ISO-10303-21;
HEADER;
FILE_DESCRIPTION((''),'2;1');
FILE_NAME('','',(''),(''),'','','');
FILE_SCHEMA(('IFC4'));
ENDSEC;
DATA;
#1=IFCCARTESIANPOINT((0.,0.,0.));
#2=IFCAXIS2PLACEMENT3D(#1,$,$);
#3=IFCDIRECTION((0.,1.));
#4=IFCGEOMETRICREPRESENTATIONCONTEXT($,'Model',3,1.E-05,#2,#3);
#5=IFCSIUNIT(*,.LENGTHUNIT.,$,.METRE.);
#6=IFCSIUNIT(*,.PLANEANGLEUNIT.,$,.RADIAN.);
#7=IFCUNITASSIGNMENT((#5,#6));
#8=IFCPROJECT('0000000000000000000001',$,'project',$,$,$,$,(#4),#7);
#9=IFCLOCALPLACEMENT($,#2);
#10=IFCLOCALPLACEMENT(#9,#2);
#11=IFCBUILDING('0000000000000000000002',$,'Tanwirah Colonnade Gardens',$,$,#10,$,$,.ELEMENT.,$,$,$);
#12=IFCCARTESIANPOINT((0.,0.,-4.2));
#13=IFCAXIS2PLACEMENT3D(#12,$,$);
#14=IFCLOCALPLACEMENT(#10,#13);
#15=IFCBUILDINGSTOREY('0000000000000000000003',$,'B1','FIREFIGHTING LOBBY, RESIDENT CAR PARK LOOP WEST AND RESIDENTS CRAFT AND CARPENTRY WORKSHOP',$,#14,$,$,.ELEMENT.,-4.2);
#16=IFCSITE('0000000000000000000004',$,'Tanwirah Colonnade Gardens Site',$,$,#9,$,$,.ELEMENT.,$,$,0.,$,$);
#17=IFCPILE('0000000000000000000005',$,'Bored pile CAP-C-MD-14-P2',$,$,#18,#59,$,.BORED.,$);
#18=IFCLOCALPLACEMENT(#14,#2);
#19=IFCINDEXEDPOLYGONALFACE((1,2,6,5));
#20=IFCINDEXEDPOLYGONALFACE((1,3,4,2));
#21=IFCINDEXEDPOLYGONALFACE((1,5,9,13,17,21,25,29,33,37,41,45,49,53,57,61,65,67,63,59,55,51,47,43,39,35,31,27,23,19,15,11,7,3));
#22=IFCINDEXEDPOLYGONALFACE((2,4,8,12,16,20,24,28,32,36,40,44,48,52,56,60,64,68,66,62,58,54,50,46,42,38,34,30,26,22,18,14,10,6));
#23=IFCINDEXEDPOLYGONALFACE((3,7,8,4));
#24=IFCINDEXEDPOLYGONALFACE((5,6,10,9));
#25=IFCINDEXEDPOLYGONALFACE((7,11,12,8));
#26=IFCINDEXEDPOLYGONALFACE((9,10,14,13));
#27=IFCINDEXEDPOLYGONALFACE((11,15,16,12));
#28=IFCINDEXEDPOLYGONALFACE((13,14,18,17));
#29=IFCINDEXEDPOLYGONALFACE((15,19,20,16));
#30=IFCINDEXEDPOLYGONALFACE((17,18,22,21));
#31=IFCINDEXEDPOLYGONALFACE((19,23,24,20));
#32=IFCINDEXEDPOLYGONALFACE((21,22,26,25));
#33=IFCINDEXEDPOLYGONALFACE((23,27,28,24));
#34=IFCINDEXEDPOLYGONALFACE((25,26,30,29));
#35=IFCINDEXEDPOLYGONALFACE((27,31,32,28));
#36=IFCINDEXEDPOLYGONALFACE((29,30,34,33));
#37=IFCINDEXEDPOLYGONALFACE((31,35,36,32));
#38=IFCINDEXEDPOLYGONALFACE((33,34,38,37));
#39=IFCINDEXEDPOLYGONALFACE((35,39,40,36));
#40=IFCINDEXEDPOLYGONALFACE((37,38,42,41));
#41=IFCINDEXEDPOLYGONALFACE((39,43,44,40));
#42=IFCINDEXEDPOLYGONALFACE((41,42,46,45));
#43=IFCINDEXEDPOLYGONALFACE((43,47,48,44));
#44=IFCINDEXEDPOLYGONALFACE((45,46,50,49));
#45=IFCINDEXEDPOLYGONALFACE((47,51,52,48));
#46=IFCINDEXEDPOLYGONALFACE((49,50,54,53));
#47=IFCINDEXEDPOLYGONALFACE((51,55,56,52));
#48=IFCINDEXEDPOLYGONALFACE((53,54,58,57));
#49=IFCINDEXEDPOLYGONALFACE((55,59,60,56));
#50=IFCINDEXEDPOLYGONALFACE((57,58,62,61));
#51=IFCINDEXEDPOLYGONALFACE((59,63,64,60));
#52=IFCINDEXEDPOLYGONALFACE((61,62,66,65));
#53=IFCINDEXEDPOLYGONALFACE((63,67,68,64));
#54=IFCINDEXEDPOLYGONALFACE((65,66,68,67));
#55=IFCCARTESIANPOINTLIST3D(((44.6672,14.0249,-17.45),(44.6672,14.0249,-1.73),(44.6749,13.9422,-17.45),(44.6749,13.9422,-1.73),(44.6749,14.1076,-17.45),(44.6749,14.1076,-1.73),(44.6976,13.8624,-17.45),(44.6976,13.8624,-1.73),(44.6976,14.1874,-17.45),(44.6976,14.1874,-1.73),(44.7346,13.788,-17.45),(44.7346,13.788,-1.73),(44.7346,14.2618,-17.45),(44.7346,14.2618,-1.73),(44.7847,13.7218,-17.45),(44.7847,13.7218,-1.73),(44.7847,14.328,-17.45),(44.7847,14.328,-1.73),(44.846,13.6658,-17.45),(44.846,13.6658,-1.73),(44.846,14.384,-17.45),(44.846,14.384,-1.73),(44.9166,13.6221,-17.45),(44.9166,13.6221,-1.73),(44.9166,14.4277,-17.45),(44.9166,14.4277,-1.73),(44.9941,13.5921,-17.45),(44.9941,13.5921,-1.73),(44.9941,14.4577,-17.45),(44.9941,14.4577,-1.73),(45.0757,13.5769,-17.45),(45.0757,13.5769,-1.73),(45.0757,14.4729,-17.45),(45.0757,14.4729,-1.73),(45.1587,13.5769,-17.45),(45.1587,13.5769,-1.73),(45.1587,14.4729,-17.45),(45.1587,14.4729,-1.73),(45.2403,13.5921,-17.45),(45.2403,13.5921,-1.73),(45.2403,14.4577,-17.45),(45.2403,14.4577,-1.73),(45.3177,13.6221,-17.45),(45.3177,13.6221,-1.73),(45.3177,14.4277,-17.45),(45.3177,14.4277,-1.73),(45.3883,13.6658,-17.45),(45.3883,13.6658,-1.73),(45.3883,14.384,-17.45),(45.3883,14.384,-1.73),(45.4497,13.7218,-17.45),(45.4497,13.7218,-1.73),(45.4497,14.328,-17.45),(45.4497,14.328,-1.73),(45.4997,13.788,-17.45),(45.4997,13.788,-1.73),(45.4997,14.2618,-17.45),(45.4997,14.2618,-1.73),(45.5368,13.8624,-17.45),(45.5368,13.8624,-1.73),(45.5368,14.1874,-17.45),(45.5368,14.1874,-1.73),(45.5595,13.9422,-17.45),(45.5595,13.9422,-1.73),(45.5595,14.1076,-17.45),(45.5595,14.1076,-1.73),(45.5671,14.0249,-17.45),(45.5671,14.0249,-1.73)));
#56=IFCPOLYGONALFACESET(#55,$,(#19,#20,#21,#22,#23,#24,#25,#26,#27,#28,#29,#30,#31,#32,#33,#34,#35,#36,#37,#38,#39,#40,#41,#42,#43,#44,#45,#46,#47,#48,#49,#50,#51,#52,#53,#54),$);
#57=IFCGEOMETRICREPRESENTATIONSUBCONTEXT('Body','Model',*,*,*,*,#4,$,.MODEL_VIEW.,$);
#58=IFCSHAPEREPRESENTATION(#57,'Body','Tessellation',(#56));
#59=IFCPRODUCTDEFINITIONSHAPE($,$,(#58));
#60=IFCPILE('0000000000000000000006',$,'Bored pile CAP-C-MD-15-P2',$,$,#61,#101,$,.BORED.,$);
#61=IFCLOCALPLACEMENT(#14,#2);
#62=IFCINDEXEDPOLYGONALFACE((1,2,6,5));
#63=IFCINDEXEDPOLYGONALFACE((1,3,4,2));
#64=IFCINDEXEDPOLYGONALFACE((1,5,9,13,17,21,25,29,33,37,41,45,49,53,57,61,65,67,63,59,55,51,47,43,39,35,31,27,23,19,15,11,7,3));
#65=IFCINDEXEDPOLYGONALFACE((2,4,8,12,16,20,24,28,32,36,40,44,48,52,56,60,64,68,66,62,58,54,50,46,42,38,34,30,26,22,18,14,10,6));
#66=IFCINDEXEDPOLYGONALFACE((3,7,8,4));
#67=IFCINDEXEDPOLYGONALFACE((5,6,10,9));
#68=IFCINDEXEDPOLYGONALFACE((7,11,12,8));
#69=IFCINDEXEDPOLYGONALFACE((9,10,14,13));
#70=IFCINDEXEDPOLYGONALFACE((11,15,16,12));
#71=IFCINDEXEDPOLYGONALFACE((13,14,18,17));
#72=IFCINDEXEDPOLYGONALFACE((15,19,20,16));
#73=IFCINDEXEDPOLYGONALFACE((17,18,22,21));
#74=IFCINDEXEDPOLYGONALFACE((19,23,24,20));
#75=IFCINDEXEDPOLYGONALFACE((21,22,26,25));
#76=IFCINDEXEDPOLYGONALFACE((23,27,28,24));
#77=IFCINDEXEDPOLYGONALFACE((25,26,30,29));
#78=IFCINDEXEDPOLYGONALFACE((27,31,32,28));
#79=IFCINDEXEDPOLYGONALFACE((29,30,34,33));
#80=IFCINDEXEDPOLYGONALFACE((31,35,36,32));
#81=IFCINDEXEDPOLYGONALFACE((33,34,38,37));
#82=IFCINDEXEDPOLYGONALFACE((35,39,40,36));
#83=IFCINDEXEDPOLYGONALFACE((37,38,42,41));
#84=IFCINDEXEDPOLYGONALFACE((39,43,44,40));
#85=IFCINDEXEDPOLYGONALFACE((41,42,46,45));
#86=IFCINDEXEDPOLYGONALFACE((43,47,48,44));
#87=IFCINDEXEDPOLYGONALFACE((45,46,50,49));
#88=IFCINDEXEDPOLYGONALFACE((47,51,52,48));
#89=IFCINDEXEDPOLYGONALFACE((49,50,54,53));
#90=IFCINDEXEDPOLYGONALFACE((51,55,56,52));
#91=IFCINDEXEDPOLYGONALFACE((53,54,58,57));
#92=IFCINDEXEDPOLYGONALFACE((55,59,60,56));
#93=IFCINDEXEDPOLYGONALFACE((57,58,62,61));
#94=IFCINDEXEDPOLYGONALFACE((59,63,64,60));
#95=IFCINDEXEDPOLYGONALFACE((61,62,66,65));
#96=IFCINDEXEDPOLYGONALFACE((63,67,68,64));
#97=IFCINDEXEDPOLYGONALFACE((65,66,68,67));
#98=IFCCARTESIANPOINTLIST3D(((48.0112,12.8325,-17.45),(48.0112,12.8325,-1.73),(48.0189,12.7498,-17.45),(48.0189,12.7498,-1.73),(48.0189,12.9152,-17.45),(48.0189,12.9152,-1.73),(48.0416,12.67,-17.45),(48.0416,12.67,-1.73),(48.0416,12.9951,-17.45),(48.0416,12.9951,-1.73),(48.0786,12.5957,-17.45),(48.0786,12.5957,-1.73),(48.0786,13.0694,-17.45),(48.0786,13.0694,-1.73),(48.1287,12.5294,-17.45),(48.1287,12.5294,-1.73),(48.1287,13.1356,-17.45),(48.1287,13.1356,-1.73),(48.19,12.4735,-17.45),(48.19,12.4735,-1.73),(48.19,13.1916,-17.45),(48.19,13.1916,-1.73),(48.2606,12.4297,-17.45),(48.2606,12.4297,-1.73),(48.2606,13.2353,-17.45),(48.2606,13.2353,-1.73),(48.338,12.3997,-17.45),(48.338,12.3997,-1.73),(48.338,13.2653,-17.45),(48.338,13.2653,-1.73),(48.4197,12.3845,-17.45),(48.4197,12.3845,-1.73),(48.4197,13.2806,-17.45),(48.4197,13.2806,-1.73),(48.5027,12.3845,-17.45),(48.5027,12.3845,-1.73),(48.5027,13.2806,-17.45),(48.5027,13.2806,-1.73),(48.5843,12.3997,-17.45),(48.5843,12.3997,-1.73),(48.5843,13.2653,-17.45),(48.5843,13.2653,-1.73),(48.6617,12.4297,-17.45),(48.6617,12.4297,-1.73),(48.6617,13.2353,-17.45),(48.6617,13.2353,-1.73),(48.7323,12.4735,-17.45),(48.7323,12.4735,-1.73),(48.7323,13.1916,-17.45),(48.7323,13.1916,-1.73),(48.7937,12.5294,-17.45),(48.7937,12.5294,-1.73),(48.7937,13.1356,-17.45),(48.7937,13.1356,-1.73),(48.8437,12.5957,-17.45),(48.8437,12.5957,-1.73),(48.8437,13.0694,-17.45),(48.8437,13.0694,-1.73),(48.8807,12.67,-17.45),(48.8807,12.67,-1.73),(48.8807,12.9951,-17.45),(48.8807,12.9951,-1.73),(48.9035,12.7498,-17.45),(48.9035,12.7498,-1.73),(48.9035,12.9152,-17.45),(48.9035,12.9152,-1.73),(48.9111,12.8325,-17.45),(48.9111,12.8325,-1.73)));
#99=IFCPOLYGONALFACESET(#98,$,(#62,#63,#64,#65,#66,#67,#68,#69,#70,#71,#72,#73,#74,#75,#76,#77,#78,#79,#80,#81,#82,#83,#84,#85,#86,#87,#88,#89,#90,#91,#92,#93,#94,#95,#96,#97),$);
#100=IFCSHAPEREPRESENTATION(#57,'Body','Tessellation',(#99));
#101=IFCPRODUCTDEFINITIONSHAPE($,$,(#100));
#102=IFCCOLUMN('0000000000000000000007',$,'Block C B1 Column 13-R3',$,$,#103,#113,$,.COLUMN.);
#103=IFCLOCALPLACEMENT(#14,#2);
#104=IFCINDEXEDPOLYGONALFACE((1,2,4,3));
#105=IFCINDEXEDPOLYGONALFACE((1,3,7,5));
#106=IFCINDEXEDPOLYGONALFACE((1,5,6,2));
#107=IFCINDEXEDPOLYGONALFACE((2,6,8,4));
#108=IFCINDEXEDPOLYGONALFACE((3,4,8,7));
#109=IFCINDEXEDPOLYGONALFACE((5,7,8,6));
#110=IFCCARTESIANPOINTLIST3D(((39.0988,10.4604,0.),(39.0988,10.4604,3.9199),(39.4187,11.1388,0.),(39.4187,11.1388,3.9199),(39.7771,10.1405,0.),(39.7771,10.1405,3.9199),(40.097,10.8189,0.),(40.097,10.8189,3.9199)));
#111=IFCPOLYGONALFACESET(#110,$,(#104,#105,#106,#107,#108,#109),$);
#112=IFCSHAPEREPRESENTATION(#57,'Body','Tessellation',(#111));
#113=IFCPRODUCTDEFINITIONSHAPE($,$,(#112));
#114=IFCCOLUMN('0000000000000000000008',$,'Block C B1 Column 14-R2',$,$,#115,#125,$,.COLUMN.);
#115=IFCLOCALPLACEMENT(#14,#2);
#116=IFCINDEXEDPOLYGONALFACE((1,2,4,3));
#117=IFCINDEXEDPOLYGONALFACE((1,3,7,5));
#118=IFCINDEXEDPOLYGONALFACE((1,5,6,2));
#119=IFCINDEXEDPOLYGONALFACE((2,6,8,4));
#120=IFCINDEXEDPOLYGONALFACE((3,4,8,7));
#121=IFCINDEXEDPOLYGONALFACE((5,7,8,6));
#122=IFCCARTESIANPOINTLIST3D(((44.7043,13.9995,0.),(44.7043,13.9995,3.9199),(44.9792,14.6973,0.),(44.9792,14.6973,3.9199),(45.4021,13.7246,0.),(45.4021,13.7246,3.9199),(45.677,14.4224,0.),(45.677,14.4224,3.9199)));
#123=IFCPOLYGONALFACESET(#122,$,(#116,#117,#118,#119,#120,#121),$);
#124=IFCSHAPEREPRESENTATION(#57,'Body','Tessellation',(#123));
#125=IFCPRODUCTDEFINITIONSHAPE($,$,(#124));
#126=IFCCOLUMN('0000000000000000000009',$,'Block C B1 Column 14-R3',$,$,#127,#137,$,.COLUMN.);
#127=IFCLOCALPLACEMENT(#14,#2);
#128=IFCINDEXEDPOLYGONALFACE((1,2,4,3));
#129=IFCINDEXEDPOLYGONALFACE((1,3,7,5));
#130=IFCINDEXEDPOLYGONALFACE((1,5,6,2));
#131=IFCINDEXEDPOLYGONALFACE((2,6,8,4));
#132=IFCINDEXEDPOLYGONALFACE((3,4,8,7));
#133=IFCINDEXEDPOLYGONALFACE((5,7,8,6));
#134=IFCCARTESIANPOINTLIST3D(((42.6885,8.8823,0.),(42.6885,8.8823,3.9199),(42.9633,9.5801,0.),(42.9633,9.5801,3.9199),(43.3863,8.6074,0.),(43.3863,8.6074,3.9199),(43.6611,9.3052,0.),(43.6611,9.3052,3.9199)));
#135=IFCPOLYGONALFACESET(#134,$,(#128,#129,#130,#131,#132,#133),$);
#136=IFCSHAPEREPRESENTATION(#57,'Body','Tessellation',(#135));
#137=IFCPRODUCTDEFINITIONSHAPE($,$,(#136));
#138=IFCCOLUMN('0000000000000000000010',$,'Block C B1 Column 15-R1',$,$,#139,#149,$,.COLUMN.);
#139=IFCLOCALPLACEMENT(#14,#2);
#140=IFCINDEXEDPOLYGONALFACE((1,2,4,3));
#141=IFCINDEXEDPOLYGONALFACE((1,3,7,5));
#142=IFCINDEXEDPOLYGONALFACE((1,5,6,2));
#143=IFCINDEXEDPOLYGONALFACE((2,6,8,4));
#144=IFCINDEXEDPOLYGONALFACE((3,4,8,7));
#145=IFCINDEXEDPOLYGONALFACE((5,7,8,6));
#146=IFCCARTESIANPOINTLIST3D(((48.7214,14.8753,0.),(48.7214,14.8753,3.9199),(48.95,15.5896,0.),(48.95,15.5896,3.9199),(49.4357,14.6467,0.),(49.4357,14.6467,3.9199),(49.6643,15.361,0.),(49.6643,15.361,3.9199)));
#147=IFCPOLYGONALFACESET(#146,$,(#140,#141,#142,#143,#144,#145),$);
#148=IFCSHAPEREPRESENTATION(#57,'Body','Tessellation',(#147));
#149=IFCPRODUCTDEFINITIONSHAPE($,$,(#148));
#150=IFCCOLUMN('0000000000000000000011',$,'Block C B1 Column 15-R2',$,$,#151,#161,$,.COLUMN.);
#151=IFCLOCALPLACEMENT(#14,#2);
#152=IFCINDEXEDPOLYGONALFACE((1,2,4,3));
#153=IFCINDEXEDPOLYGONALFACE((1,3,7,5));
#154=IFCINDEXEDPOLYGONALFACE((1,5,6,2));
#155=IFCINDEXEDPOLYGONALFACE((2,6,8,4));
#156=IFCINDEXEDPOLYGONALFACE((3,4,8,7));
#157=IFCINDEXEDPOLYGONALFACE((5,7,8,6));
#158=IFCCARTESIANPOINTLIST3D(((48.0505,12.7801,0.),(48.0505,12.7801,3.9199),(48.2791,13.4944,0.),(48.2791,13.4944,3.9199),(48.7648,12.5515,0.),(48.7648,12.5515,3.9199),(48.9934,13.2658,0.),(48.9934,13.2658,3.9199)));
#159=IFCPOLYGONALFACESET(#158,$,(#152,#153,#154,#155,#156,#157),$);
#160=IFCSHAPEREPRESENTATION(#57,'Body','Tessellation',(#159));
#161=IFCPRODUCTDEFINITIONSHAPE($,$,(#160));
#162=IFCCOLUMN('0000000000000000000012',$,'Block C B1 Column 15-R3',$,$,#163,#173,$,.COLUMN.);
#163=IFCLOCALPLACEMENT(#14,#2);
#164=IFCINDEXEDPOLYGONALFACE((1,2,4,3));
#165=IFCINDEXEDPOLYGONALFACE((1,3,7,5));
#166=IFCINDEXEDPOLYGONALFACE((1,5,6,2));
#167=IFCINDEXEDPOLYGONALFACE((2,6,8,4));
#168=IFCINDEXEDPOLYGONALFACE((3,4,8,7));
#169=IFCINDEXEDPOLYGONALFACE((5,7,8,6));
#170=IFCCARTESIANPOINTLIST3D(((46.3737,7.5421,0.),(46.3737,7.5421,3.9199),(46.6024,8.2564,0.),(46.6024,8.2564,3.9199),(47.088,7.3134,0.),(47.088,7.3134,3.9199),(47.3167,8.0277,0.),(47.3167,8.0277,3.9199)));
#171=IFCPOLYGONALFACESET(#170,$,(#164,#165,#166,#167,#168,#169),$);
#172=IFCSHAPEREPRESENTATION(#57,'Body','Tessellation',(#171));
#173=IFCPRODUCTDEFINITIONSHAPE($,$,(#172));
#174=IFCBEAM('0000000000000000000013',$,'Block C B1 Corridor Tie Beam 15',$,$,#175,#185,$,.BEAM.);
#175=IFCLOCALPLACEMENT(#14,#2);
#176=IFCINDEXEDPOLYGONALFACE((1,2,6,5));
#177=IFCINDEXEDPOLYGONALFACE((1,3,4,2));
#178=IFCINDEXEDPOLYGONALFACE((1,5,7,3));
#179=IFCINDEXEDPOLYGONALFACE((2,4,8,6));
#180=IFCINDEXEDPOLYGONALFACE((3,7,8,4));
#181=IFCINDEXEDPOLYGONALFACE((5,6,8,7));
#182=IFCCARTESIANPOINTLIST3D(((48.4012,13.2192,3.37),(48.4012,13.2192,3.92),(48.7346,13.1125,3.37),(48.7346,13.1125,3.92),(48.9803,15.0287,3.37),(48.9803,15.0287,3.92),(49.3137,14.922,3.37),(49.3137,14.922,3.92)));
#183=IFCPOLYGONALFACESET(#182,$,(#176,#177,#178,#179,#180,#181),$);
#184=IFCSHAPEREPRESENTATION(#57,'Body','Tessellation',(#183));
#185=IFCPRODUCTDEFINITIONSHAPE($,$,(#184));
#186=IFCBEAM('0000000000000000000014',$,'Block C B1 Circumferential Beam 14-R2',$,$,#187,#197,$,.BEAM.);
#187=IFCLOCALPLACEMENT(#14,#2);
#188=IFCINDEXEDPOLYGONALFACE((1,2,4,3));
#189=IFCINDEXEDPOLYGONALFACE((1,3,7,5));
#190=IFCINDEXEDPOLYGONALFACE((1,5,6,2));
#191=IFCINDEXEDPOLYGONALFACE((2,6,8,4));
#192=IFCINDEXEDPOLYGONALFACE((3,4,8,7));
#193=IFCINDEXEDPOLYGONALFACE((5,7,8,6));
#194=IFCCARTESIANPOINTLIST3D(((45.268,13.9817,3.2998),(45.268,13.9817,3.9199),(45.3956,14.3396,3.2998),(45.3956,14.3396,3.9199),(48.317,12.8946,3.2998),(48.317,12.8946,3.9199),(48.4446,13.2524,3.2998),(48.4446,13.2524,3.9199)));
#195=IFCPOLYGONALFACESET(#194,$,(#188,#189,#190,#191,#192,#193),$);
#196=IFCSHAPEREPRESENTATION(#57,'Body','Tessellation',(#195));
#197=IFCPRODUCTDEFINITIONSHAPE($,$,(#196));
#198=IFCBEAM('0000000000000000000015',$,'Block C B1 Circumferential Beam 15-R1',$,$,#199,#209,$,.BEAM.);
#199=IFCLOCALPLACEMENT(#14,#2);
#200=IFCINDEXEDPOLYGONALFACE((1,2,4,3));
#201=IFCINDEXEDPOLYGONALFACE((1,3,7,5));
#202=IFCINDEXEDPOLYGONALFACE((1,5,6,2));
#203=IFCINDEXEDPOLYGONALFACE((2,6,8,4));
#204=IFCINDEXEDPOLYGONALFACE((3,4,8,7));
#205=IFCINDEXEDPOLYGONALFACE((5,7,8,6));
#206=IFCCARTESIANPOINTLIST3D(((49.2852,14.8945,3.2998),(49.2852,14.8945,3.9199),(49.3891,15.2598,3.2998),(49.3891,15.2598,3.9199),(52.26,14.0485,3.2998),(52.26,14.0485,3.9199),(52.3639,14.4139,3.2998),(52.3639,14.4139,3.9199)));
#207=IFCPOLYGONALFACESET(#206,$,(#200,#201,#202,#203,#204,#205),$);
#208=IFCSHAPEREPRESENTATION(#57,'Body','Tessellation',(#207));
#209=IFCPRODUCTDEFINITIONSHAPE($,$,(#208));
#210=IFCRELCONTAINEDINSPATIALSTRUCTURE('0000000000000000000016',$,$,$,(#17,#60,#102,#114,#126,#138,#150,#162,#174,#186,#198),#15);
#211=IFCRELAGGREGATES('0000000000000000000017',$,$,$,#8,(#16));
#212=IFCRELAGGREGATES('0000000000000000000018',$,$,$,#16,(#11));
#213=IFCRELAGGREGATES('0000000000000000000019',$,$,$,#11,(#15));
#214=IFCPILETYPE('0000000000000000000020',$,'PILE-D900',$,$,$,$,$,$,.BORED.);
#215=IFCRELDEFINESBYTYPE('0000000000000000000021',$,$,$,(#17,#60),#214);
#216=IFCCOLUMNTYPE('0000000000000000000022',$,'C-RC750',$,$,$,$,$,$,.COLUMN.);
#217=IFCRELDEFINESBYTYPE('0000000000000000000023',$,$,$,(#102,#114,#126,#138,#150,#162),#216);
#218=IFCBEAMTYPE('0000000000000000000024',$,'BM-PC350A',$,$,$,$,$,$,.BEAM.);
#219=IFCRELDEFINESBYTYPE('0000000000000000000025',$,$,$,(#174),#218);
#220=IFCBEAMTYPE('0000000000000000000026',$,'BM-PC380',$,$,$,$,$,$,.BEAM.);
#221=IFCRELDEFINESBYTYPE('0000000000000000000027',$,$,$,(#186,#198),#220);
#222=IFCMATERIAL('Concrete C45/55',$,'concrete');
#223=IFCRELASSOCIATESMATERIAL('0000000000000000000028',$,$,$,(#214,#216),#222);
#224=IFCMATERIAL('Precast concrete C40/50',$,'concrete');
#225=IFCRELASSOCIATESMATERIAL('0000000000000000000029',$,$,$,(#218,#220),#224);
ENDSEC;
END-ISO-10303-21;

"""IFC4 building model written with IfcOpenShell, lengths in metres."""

from ifc_helpers import new_model, si_unit, direction, frame, origin, origin_2d, place, context, subcontext, project, spatial, rectangle, circle, extrude, material, material_profile, profile_set, type_object, element, save


model = new_model("IFC4")

# Units and contexts
model_context = context("Model", 3, precision=1e-05, world=origin(), true_north=direction((0.0, 1.0)))
body_context = subcontext(model_context, "Body", "Model", "MODEL_VIEW")
ifc_project = project(units=[si_unit("LENGTHUNIT", "METRE"), si_unit("PLANEANGLEUNIT", "RADIAN")], contexts=[model_context])

# Site, building, storey
site_placement = place(None, origin())
site = spatial("IfcSite", under=ifc_project, at=site_placement, Name="Tanwirah Colonnade Gardens Site", CompositionType="ELEMENT", RefElevation=0.0)
building_placement = place(site_placement, origin())
building = spatial("IfcBuilding", under=site, at=building_placement, Name="Tanwirah Colonnade Gardens", CompositionType="ELEMENT")
storey_placement = place(building_placement, frame((0.0, 0.0, -4.2)))
storey = spatial("IfcBuildingStorey", under=building, at=storey_placement, Name="B1", Description="FIREFIGHTING LOBBY, RESIDENT CAR PARK LOOP WEST AND RESIDENTS CRAFT AND CARPENTRY WORKSHOP", CompositionType="ELEMENT", Elevation=-4.2)

# Shared definitions
ifc_material_1 = material(Name="Concrete C45/55", Category="concrete")

# Piles
ifc_material_profile_1 = material_profile(ifc_material_1, circle(Radius=0.45, at=origin_2d()), Name="PILE D900")
ifc_profile_set_1 = profile_set([ifc_material_profile_1], Name="Concrete C45/55")
pile_type_1 = type_object("IfcPileType", Name="PILE-D900", PredefinedType="BORED", material=ifc_profile_set_1)
for number, where, z_axis, x_axis, name in (
    (1, (45.1172, 14.0249, -1.73), (0.0, 0.0, -1.0), (1.0, 0.0, 0.0), "Bored pile CAP-C-MD-14-P2"),
    (2, (48.4612, 12.8325, -1.73), (0.0, 0.0, -1.0), (1.0, 0.0, 0.0), "Bored pile CAP-C-MD-15-P2"),
):
    element("IfcPile", number, at=place(storey_placement, frame(where, z_axis=z_axis, x_axis=x_axis)), inside=storey, type_object=pile_type_1, Name=name, PredefinedType="BORED", context=body_context, shape_type="SweptSolid", body=[
        extrude(circle(Radius=0.45, at=origin_2d()), origin(), (0.0, 0.0, 1.0), 15.72),
    ])

# Columns
ifc_material_profile_2 = material_profile(ifc_material_1, rectangle(XDim=0.75, YDim=0.75, at=origin_2d()), Name="RC-COL 750x750")
ifc_profile_set_2 = profile_set([ifc_material_profile_2], Name="Concrete C45/55")
column_type = type_object("IfcColumnType", Name="C-RC750", PredefinedType="COLUMN", material=ifc_profile_set_2)
for number, where, z_axis, x_axis, name in (
    (3, (39.5979, 10.6396, 0.0), (0.0, 0.0, 1.0), (-0.426569, -0.904455, 0.0), "Block C B1 Column 13-R3"),
    (4, (45.1907, 14.2109, 0.0), (0.0, 0.0, 1.0), (-0.366501, -0.930418, 0.0), "Block C B1 Column 14-R2"),
    (5, (43.1748, 9.0938, 0.0), (0.0, 0.0, 1.0), (-0.366501, -0.930418, 0.0), "Block C B1 Column 14-R3"),
    (6, (49.1929, 15.1182, 0.0), (0.0, 0.0, 1.0), (-0.304864, -0.952396, 0.0), "Block C B1 Column 15-R1"),
    (7, (48.522, 13.0229, 0.0), (0.0, 0.0, 1.0), (-0.304864, -0.952396, 0.0), "Block C B1 Column 15-R2"),
    (8, (46.8452, 7.7849, 0.0), (0.0, 0.0, 1.0), (-0.304864, -0.952396, 0.0), "Block C B1 Column 15-R3"),
):
    element("IfcColumn", number, at=place(storey_placement, frame(where, z_axis=z_axis, x_axis=x_axis)), inside=storey, type_object=column_type, Name=name, PredefinedType="COLUMN", context=body_context, shape_type="SweptSolid", body=[
        extrude(rectangle(XDim=0.75, YDim=0.75, at=origin_2d()), origin(), (0.0, 0.0, 1.0), 3.9199),
    ])

# Beams
ifc_material_2 = material(Name="Precast concrete C40/50", Category="concrete")
ifc_material_profile_3 = material_profile(ifc_material_2, rectangle(XDim=0.3501, YDim=0.55, at=origin_2d()), Name="PC-BM 350x550")
ifc_profile_set_3 = profile_set([ifc_material_profile_3], Name="Precast concrete C40/50")
beam_type_1 = type_object("IfcBeamType", Name="BM-PC350A", PredefinedType="BEAM", material=ifc_profile_set_3)
beam_1_placement = place(storey_placement, frame((49.147, 14.9753, 3.645), z_axis=(-0.304794, -0.952418, 0.0), x_axis=(0.952418, -0.304794, 0.0)))
element("IfcBeam", 9, at=beam_1_placement, inside=storey, type_object=beam_type_1, Name="Block C B1 Corridor Tie Beam 15", PredefinedType="BEAM", context=body_context, shape_type="SweptSolid", body=[
    extrude(rectangle(XDim=0.3501, YDim=0.55, at=origin_2d()), origin(), (0.0, 0.0, 1.0), 1.8999),
])
ifc_material_profile_4 = material_profile(ifc_material_2, rectangle(XDim=0.3799, YDim=0.6201, at=origin_2d()), Name="PC-BM 380x620")
ifc_profile_set_4 = profile_set([ifc_material_profile_4], Name="Precast concrete C40/50")
beam_type_2 = type_object("IfcBeamType", Name="BM-PC380", PredefinedType="BEAM", material=ifc_profile_set_4)
beam_2_placement = place(storey_placement, frame((45.3318, 14.1606, 3.6099), z_axis=(0.941918, -0.335844, 0.0), x_axis=(0.335844, 0.941918, 0.0)))
element("IfcBeam", 10, at=beam_2_placement, inside=storey, type_object=beam_type_2, Name="Block C B1 Circumferential Beam 14-R2", PredefinedType="BEAM", context=body_context, shape_type="SweptSolid", body=[
    extrude(rectangle(XDim=0.3799, YDim=0.6201, at=origin_2d()), origin(), (0.0, 0.0, 1.0), 3.2371),
])
beam_3_placement = place(storey_placement, frame((49.3372, 15.0771, 3.6099), z_axis=(0.961866, -0.273522, 0.0), x_axis=(0.273522, 0.961866, 0.0)))
element("IfcBeam", 11, at=beam_3_placement, inside=storey, type_object=beam_type_2, Name="Block C B1 Circumferential Beam 15-R1", PredefinedType="BEAM", context=body_context, shape_type="SweptSolid", body=[
    extrude(rectangle(XDim=0.3799, YDim=0.6201, at=origin_2d()), origin(), (0.0, 0.0, 1.0), 3.0928),
])

save(model, "model.ifc")
